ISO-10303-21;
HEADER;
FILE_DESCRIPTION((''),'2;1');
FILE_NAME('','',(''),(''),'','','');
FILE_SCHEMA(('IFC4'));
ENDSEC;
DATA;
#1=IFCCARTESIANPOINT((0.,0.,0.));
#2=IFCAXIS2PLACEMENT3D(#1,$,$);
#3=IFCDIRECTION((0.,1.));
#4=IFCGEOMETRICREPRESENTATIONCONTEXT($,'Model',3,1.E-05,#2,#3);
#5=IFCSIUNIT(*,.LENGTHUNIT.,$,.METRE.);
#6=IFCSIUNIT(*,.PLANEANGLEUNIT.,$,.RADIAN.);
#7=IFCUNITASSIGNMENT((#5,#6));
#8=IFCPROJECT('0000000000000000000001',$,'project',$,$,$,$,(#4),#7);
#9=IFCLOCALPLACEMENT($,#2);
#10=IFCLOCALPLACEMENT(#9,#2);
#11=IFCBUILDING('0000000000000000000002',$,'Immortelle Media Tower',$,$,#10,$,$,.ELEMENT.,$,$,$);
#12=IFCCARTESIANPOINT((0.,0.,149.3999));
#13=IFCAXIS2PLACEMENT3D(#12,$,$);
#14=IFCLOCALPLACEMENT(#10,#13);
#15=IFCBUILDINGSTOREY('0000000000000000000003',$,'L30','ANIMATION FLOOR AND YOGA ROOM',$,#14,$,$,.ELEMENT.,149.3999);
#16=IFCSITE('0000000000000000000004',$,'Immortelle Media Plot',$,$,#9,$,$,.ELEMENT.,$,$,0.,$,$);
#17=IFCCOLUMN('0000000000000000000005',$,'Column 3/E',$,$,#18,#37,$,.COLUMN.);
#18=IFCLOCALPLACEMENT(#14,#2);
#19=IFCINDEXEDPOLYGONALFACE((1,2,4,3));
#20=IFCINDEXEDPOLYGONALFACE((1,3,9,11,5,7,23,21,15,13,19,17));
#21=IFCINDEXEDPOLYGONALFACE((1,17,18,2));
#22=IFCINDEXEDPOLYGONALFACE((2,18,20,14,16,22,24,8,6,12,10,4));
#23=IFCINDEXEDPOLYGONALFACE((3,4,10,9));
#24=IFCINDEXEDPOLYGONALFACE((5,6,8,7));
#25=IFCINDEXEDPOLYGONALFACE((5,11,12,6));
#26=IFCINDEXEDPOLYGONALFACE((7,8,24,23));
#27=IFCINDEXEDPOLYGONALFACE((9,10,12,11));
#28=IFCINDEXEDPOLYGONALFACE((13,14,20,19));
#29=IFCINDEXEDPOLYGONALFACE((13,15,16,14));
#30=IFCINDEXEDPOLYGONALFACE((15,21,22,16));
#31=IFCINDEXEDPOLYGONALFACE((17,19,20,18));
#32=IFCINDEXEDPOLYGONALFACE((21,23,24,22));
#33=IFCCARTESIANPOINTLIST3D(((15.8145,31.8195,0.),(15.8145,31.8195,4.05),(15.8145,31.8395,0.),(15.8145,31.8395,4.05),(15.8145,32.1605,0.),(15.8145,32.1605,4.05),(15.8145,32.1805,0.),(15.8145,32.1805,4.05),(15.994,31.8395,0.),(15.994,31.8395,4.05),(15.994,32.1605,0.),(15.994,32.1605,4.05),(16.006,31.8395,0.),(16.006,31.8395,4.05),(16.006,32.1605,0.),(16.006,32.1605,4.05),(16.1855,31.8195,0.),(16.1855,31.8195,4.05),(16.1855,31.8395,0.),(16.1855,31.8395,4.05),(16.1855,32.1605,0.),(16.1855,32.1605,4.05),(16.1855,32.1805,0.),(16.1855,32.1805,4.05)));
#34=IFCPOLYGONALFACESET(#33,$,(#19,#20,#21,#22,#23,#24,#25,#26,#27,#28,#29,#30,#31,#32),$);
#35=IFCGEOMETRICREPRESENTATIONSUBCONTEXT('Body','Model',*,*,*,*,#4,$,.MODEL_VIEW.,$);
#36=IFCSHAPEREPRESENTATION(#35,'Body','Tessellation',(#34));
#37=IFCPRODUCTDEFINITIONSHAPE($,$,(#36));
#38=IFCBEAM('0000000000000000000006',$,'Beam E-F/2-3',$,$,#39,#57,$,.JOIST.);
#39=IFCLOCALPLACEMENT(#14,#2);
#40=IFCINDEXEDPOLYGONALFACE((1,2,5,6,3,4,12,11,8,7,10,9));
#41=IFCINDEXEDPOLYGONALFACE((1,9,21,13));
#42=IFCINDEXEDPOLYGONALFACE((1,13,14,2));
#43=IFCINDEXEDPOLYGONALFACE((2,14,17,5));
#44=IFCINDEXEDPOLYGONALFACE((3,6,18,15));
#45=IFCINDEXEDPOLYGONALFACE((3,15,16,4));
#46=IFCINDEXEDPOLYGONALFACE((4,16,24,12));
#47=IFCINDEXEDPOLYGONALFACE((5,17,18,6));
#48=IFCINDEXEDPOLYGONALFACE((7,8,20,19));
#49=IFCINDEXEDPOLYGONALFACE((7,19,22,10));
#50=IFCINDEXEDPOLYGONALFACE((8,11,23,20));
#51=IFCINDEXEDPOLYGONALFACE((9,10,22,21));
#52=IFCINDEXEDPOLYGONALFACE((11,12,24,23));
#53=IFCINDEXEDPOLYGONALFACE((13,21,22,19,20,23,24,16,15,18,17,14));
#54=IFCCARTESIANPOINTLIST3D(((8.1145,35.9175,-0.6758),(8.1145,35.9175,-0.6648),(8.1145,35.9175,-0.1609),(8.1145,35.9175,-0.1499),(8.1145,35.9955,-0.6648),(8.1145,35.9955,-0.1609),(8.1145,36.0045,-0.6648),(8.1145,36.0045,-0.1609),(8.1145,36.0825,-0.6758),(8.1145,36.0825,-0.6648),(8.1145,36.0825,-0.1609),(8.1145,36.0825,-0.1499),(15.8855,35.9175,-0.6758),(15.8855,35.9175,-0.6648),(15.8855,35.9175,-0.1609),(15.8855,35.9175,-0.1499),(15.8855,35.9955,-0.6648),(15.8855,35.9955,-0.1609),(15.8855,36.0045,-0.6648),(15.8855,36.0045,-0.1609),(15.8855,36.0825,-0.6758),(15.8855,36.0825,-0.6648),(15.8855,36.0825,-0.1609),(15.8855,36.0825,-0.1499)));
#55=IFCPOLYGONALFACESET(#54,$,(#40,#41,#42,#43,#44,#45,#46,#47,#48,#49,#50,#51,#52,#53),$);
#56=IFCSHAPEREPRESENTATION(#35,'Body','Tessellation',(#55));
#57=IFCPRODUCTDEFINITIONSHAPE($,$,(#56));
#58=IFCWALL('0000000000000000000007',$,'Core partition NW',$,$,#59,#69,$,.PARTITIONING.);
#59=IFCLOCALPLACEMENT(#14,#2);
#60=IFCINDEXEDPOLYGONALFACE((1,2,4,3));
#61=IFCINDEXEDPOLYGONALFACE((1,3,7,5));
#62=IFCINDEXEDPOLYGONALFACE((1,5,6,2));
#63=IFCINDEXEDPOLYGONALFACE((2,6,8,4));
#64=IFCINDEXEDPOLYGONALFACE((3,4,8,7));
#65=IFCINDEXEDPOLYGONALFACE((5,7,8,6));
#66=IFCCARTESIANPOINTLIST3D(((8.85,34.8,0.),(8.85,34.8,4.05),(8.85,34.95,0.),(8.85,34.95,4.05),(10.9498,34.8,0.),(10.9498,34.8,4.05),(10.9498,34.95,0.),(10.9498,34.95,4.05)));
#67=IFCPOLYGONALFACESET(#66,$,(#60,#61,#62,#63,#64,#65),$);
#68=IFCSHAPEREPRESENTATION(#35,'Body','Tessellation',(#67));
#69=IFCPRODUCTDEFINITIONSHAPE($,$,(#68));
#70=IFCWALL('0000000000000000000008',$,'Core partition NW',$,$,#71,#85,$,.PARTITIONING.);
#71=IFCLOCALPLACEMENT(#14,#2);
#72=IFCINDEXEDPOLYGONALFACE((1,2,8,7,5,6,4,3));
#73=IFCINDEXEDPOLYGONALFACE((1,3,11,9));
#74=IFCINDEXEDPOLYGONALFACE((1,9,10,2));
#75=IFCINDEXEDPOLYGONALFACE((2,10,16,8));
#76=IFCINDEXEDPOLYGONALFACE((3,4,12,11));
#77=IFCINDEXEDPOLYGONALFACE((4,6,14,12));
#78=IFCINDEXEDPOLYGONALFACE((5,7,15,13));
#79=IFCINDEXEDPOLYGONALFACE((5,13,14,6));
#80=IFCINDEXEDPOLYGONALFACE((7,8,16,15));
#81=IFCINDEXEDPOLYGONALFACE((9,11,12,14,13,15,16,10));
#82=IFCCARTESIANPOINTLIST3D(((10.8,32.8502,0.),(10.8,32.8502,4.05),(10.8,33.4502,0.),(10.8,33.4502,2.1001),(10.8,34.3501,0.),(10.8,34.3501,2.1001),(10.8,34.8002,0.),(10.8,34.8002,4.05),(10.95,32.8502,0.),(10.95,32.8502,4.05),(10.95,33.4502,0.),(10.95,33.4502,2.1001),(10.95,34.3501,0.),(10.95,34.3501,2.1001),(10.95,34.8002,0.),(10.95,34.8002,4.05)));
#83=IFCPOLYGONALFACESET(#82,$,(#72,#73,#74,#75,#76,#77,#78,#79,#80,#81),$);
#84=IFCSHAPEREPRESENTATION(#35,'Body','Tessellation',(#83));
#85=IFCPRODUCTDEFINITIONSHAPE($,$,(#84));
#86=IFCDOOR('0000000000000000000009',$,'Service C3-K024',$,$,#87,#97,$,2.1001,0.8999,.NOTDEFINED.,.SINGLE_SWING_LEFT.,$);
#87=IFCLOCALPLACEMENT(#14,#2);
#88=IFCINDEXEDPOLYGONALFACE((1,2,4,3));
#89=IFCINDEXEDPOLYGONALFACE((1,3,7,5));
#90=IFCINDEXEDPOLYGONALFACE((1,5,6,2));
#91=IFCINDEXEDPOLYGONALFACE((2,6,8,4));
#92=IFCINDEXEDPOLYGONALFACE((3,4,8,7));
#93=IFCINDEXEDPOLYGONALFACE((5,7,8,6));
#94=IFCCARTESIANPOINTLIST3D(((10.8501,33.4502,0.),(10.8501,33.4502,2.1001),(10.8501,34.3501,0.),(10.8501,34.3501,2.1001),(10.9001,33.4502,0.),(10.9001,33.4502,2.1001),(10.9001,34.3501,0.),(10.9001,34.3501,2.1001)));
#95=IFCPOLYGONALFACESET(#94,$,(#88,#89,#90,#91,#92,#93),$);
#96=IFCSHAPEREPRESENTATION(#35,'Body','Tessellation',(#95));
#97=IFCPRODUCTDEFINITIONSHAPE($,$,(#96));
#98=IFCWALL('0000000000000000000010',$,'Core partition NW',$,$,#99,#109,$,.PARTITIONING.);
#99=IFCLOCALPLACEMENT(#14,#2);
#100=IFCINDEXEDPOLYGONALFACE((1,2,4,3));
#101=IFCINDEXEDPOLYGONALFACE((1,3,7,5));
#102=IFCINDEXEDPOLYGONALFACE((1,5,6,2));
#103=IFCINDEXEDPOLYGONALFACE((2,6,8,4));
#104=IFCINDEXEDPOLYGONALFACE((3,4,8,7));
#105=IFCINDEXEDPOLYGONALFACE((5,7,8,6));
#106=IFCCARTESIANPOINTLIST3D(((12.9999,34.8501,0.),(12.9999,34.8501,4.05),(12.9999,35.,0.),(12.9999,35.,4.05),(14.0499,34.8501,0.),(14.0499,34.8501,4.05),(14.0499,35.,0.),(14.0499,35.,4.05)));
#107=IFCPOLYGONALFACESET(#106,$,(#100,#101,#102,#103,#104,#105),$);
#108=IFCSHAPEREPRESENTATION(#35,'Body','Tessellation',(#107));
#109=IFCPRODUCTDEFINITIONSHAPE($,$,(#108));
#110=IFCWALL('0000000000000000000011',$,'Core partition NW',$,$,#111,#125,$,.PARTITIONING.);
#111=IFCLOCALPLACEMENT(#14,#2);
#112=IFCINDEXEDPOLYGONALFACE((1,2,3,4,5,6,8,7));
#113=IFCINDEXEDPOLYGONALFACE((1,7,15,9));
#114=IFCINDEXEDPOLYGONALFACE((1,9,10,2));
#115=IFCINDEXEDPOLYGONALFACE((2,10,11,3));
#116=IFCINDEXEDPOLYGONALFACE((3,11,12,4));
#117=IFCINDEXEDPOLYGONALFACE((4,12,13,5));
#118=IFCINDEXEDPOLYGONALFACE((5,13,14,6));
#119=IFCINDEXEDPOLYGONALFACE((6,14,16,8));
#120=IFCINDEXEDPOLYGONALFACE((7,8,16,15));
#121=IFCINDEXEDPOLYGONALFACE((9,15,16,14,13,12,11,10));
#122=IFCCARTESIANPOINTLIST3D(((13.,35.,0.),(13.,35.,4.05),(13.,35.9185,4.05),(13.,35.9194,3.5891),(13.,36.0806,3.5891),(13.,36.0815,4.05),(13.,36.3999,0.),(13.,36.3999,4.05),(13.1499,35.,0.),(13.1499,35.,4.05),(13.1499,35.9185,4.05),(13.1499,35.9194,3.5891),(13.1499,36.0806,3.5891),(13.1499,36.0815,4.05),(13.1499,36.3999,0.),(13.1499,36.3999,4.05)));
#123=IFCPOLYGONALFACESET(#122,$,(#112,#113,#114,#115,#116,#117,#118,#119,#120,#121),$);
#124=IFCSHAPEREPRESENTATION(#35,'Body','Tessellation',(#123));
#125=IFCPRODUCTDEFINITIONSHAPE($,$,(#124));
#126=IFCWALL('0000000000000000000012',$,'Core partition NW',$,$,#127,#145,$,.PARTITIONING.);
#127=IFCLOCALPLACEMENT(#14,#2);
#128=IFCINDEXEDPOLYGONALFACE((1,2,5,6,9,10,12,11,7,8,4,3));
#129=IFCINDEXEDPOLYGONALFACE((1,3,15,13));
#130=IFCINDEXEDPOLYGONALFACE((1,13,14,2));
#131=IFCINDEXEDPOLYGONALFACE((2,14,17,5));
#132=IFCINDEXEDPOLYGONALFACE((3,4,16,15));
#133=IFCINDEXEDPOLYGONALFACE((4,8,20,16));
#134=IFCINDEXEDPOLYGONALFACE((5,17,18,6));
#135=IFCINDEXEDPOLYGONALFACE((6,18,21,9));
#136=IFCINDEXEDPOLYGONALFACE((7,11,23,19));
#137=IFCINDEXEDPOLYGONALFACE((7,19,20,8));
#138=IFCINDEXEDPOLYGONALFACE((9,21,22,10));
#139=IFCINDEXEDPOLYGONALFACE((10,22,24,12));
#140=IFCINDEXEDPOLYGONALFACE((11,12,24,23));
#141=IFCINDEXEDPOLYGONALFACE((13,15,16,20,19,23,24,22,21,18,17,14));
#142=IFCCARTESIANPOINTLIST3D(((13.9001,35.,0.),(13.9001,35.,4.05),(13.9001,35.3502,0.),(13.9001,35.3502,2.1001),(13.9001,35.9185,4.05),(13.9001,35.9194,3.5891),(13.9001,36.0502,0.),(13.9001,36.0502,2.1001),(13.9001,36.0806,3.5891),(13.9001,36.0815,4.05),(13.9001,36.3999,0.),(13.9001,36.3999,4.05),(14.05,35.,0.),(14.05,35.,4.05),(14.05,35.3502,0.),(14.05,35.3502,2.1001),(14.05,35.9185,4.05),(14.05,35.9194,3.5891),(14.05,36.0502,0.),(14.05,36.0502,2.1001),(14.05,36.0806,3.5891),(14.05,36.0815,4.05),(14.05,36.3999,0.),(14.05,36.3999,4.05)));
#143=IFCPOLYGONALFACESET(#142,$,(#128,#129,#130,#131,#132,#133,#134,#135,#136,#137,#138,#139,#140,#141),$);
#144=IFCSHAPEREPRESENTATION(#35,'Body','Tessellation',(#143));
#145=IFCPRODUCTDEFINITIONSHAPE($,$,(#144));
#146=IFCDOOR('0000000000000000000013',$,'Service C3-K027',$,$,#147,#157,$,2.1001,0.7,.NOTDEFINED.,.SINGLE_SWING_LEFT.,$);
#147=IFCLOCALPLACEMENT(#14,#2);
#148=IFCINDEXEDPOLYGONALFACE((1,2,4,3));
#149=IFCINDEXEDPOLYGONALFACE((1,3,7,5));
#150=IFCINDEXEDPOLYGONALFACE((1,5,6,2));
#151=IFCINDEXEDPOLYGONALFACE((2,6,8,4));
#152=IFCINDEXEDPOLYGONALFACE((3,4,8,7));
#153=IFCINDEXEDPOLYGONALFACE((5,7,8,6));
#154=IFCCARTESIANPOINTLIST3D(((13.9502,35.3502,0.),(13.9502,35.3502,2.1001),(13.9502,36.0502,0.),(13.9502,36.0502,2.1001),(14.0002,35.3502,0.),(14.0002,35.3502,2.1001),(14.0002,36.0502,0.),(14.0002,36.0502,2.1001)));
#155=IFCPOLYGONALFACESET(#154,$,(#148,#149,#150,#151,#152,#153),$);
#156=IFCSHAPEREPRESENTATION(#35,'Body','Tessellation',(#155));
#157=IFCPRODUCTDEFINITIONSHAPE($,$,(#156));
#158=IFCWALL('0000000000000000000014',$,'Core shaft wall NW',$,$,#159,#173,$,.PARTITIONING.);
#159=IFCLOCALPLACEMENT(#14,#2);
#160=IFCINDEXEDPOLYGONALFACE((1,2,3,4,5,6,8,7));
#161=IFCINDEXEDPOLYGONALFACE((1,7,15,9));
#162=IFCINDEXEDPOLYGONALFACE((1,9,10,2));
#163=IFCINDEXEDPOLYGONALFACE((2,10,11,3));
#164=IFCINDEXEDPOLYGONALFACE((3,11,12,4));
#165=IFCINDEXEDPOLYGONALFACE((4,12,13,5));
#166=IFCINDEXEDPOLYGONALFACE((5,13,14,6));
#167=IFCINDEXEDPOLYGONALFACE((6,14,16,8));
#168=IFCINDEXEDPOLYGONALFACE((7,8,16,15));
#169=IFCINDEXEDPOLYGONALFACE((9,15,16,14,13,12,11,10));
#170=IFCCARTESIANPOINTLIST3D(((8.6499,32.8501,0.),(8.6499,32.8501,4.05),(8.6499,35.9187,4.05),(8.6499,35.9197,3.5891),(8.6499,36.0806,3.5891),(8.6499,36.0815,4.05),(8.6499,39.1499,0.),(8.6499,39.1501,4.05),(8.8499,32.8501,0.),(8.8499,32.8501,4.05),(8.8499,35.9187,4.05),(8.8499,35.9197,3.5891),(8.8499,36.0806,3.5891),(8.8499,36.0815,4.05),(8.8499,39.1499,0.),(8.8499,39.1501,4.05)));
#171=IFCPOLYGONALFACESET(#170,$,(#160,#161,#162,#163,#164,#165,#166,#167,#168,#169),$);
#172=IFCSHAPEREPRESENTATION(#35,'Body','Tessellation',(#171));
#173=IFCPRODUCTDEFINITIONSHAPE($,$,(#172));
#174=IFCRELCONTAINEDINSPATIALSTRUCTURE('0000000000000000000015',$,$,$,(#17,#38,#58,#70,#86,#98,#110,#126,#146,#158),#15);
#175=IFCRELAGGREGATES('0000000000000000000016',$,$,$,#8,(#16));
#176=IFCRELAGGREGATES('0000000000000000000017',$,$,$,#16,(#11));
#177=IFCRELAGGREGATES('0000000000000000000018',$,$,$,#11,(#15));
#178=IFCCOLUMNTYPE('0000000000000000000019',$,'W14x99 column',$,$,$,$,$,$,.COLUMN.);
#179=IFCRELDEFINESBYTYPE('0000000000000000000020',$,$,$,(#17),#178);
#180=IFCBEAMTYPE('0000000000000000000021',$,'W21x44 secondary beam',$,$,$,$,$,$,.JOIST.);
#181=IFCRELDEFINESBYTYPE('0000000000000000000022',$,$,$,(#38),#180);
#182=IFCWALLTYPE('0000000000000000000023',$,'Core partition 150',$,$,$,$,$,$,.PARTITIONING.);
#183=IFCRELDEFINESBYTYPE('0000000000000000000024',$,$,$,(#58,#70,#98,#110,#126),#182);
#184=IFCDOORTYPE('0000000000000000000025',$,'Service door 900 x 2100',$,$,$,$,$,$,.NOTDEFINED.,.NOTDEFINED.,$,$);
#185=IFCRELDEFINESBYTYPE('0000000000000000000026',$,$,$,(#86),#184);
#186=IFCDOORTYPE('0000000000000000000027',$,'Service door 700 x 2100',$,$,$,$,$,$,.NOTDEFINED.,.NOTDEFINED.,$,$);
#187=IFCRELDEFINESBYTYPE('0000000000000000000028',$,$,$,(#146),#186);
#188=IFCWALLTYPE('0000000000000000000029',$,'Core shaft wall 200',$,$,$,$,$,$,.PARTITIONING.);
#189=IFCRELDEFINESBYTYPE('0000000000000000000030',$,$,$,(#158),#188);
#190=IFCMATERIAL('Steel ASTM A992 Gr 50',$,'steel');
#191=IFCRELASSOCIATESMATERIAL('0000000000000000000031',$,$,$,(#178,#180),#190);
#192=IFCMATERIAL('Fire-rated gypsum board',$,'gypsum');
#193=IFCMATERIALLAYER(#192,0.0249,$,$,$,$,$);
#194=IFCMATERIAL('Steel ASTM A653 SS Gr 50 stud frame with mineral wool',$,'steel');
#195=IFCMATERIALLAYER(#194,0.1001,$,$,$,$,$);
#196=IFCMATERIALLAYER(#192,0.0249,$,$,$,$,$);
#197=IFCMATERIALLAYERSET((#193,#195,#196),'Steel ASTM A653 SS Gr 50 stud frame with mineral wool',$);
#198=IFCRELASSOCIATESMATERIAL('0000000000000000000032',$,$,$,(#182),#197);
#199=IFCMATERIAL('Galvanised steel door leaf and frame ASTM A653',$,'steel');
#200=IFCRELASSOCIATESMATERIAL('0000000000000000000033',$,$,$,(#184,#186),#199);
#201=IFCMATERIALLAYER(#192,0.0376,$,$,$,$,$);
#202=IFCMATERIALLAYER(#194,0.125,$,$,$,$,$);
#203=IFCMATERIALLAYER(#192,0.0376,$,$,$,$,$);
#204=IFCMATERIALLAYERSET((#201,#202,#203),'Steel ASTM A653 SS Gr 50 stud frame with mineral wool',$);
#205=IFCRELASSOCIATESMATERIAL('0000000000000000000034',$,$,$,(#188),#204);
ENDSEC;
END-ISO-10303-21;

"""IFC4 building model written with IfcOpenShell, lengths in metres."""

from ifc_helpers import new_model, si_unit, direction, frame, frame_2d, origin, origin_2d, place, context, subcontext, project, spatial, polyline, rectangle, i_section, outline, extrude, material, layer, layer_set, material_profile, profile_set, type_object, element, fill, save


model = new_model("IFC4")

# Units and contexts
model_context = context("Model", 3, precision=1e-05, world=origin(), true_north=direction((0.0, 1.0)))
body_context = subcontext(model_context, "Body", "Model", "MODEL_VIEW")
ifc_project = project(units=[si_unit("LENGTHUNIT", "METRE"), si_unit("PLANEANGLEUNIT", "RADIAN")], contexts=[model_context])

# Site, building, storey
site_placement = place(None, origin())
site = spatial("IfcSite", under=ifc_project, at=site_placement, Name="Immortelle Media Plot", CompositionType="ELEMENT", RefElevation=0.0)
building_placement = place(site_placement, origin())
building = spatial("IfcBuilding", under=site, at=building_placement, Name="Immortelle Media Tower", CompositionType="ELEMENT")
storey_placement = place(building_placement, frame((0.0, 0.0, 149.3999)))
storey = spatial("IfcBuildingStorey", under=building, at=storey_placement, Name="L30", Description="ANIMATION FLOOR AND YOGA ROOM", CompositionType="ELEMENT", Elevation=149.3999)

# Column
ifc_material_1 = material(Name="Steel ASTM A992 Gr 50", Category="steel")
ifc_material_profile_1 = material_profile(ifc_material_1, i_section(OverallWidth=0.3711, OverallDepth=0.3611, WebThickness=0.012, FlangeThickness=0.02, at=origin_2d()), Name="W14x99")
ifc_profile_set_1 = profile_set([ifc_material_profile_1], Name="Steel ASTM A992 Gr 50")
column_type = type_object("IfcColumnType", Name="W14x99 column", PredefinedType="COLUMN", material=ifc_profile_set_1)
column_placement = place(storey_placement, frame((16.0, 32.0, 0.0), z_axis=(0.0, 0.0, 1.0), x_axis=(1.0, 0.0, 0.0)))
element("IfcColumn", 1, at=column_placement, inside=storey, type_object=column_type, Name="Column 3/E", PredefinedType="COLUMN", context=body_context, shape_type="SweptSolid", body=[
    extrude(i_section(OverallWidth=0.3711, OverallDepth=0.3611, WebThickness=0.012, FlangeThickness=0.02, at=origin_2d()), origin(), (0.0, 0.0, 1.0), 4.05),
])

# Beam
ifc_material_profile_2 = material_profile(ifc_material_1, i_section(OverallWidth=0.165, OverallDepth=0.5259, WebThickness=0.009, FlangeThickness=0.011, at=origin_2d()), Name="W21x44")
ifc_profile_set_2 = profile_set([ifc_material_profile_2], Name="Steel ASTM A992 Gr 50")
beam_type = type_object("IfcBeamType", Name="W21x44 secondary beam", PredefinedType="JOIST", material=ifc_profile_set_2)
beam_placement = place(storey_placement, frame((8.1145, 36.0, -0.4128), z_axis=(1.0, 0.0, 0.0), x_axis=(0.0, 1.0, 0.0)))
element("IfcBeam", 2, at=beam_placement, inside=storey, type_object=beam_type, Name="Beam E-F/2-3", PredefinedType="JOIST", context=body_context, shape_type="SweptSolid", body=[
    extrude(i_section(OverallWidth=0.165, OverallDepth=0.5259, WebThickness=0.009, FlangeThickness=0.011, at=origin_2d()), origin(), (0.0, 0.0, 1.0), 7.771),
])

# Wall
ifc_material_2 = material(Name="Fire-rated gypsum board", Category="gypsum")
ifc_layer_1 = layer(ifc_material_2, 0.0249)
ifc_material_3 = material(Name="Steel ASTM A653 SS Gr 50 stud frame with mineral wool", Category="steel")
ifc_layer_2 = layer(ifc_material_3, 0.1001)
ifc_layer_3 = layer(ifc_material_2, 0.0249)
ifc_layer_set_1 = layer_set([ifc_layer_1, ifc_layer_2, ifc_layer_3], Name="Steel ASTM A653 SS Gr 50 stud frame with mineral wool")
wall_type_1 = type_object("IfcWallType", Name="Core partition 150", PredefinedType="PARTITIONING", material=ifc_layer_set_1)
wall_1_placement = place(storey_placement, frame((8.8501, 34.875, 0.0), z_axis=(0.0, 0.0, 1.0), x_axis=(1.0, 0.0, 0.0)))
element("IfcWall", 3, at=wall_1_placement, inside=storey, type_object=wall_type_1, Name="Core partition NW", PredefinedType="PARTITIONING", context=body_context, shape_type="SweptSolid", body=[
    extrude(rectangle(XDim=2.0999, YDim=0.1499, at=frame_2d((1.0498, 0.0))), origin(), (0.0, 0.0, 1.0), 4.05),
])

# Wall, opening, door
wall_2_placement = place(storey_placement, frame((10.875, 32.8501, 0.0), z_axis=(0.0, 0.0, 1.0), x_axis=(0.0, 1.0, 0.0)))
wall_2 = element("IfcWall", 4, at=wall_2_placement, inside=storey, type_object=wall_type_1, Name="Core partition NW", PredefinedType="PARTITIONING", context=body_context, shape_type="SweptSolid", body=[
    extrude(rectangle(XDim=1.95, YDim=0.1499, at=frame_2d((0.9751, 0.0))), origin(), (0.0, 0.0, 1.0), 4.05),
])
opening_1_placement = place(wall_2_placement, frame((0.6001, 0.0, 0.0)))
opening_1 = element("IfcOpeningElement", 5, at=opening_1_placement, cuts=wall_2, PredefinedType="OPENING", context=body_context, shape_type="SweptSolid", body=[
    extrude(rectangle(XDim=0.8999, YDim=2.1001, at=frame_2d((0.45, 1.05))), frame((0.0, 0.085, 0.0), z_axis=(0.0, -1.0, 0.0), x_axis=(1.0, 0.0, 0.0)), (0.0, 0.0, 1.0), 0.1699),
])
ifc_material_4 = material(Name="Galvanised steel door leaf and frame ASTM A653", Category="steel")
door_type_1 = type_object("IfcDoorType", Name="Service door 900 x 2100", OperationType="NOTDEFINED", PredefinedType="NOTDEFINED", material=ifc_material_4)
door_1_placement = place(opening_1_placement, origin())
door_1 = element("IfcDoor", 6, at=door_1_placement, inside=storey, type_object=door_type_1, Name="Service C3-K024", OperationType="SINGLE_SWING_LEFT", OverallHeight=2.1001, OverallWidth=0.8999, PredefinedType="NOTDEFINED", context=body_context, shape_type="SweptSolid", body=[
    extrude(rectangle(XDim=0.8999, YDim=2.1001, at=frame_2d((0.45, 1.05))), frame((0.0, 0.0249, 0.0), z_axis=(0.0, -1.0, 0.0), x_axis=(1.0, 0.0, 0.0)), (0.0, 0.0, 1.0), 0.05),
])
fill(opening_1, door_1)

# Walls
wall_3_placement = place(storey_placement, frame((13.0, 34.925, 0.0), z_axis=(0.0, 0.0, 1.0), x_axis=(1.0, 0.0, 0.0)))
element("IfcWall", 7, at=wall_3_placement, inside=storey, type_object=wall_type_1, Name="Core partition NW", PredefinedType="PARTITIONING", context=body_context, shape_type="SweptSolid", body=[
    extrude(rectangle(XDim=1.05, YDim=0.1499, at=frame_2d((0.5249, 0.0))), origin(), (0.0, 0.0, 1.0), 4.05),
])
wall_4_placement = place(storey_placement, frame((13.075, 35.0, 0.0), z_axis=(0.0, 0.0, 1.0), x_axis=(0.0, 1.0, 0.0)))
element("IfcWall", 8, at=wall_4_placement, inside=storey, type_object=wall_type_1, Name="Core partition NW", PredefinedType="PARTITIONING", context=body_context, shape_type="SweptSolid", body=[
    extrude(outline(polyline([(0.0, 0.0), (1.3999, 0.0), (1.3999, 4.05), (1.0815, 4.05), (1.0806, 3.5891), (0.9194, 3.5891), (0.9185, 4.05), (0.0, 4.05), (0.0, 0.0)])), frame((0.0, 0.075, 0.0), z_axis=(0.0, -1.0, 0.0), x_axis=(1.0, 0.0, 0.0)), (0.0, 0.0, 1.0), 0.1499),
])

# Wall, opening, door
wall_5_placement = place(storey_placement, frame((13.9751, 35.0, 0.0), z_axis=(0.0, 0.0, 1.0), x_axis=(0.0, 1.0, 0.0)))
wall_5 = element("IfcWall", 9, at=wall_5_placement, inside=storey, type_object=wall_type_1, Name="Core partition NW", PredefinedType="PARTITIONING", context=body_context, shape_type="SweptSolid", body=[
    extrude(outline(polyline([(0.0, 0.0), (1.3999, 0.0), (1.3999, 4.05), (1.0815, 4.05), (1.0806, 3.5891), (0.9194, 3.5891), (0.9185, 4.05), (0.0, 4.05), (0.0, 0.0)])), frame((0.0, 0.075, 0.0), z_axis=(0.0, -1.0, 0.0), x_axis=(1.0, 0.0, 0.0)), (0.0, 0.0, 1.0), 0.1499),
])
opening_2_placement = place(wall_5_placement, frame((0.3501, 0.0, 0.0)))
opening_2 = element("IfcOpeningElement", 10, at=opening_2_placement, cuts=wall_5, PredefinedType="OPENING", context=body_context, shape_type="SweptSolid", body=[
    extrude(rectangle(XDim=0.7, YDim=2.1001, at=frame_2d((0.3501, 1.05))), frame((0.0, 0.085, 0.0), z_axis=(0.0, -1.0, 0.0), x_axis=(1.0, 0.0, 0.0)), (0.0, 0.0, 1.0), 0.1699),
])
door_type_2 = type_object("IfcDoorType", Name="Service door 700 x 2100", OperationType="NOTDEFINED", PredefinedType="NOTDEFINED", material=ifc_material_4)
door_2_placement = place(opening_2_placement, origin())
door_2 = element("IfcDoor", 11, at=door_2_placement, inside=storey, type_object=door_type_2, Name="Service C3-K027", OperationType="SINGLE_SWING_LEFT", OverallHeight=2.1001, OverallWidth=0.7, PredefinedType="NOTDEFINED", context=body_context, shape_type="SweptSolid", body=[
    extrude(rectangle(XDim=0.7, YDim=2.1001, at=frame_2d((0.3501, 1.05))), frame((0.0, 0.0249, 0.0), z_axis=(0.0, -1.0, 0.0), x_axis=(1.0, 0.0, 0.0)), (0.0, 0.0, 1.0), 0.05),
])
fill(opening_2, door_2)

# Wall
ifc_layer_4 = layer(ifc_material_2, 0.0376)
ifc_layer_5 = layer(ifc_material_3, 0.125)
ifc_layer_6 = layer(ifc_material_2, 0.0376)
ifc_layer_set_2 = layer_set([ifc_layer_4, ifc_layer_5, ifc_layer_6], Name="Steel ASTM A653 SS Gr 50 stud frame with mineral wool")
wall_type_2 = type_object("IfcWallType", Name="Core shaft wall 200", PredefinedType="PARTITIONING", material=ifc_layer_set_2)
wall_6_placement = place(storey_placement, frame((8.75, 32.8501, 0.0), z_axis=(0.0, 0.0, 1.0), x_axis=(0.0, 1.0, 0.0)))
element("IfcWall", 12, at=wall_6_placement, inside=storey, type_object=wall_type_2, Name="Core shaft wall NW", PredefinedType="PARTITIONING", context=body_context, shape_type="SweptSolid", body=[
    extrude(outline(polyline([(0.0, 0.0), (6.2998, 0.0), (6.3, 4.05), (3.2314, 4.05), (3.2305, 3.5891), (3.0696, 3.5891), (3.0686, 4.05), (0.0, 4.05), (0.0, 0.0)])), frame((0.0, 0.1001, 0.0), z_axis=(0.0, -1.0, 0.0), x_axis=(1.0, 0.0, 0.0)), (0.0, 0.0, 1.0), 0.2),
])

save(model, "model.ifc")
